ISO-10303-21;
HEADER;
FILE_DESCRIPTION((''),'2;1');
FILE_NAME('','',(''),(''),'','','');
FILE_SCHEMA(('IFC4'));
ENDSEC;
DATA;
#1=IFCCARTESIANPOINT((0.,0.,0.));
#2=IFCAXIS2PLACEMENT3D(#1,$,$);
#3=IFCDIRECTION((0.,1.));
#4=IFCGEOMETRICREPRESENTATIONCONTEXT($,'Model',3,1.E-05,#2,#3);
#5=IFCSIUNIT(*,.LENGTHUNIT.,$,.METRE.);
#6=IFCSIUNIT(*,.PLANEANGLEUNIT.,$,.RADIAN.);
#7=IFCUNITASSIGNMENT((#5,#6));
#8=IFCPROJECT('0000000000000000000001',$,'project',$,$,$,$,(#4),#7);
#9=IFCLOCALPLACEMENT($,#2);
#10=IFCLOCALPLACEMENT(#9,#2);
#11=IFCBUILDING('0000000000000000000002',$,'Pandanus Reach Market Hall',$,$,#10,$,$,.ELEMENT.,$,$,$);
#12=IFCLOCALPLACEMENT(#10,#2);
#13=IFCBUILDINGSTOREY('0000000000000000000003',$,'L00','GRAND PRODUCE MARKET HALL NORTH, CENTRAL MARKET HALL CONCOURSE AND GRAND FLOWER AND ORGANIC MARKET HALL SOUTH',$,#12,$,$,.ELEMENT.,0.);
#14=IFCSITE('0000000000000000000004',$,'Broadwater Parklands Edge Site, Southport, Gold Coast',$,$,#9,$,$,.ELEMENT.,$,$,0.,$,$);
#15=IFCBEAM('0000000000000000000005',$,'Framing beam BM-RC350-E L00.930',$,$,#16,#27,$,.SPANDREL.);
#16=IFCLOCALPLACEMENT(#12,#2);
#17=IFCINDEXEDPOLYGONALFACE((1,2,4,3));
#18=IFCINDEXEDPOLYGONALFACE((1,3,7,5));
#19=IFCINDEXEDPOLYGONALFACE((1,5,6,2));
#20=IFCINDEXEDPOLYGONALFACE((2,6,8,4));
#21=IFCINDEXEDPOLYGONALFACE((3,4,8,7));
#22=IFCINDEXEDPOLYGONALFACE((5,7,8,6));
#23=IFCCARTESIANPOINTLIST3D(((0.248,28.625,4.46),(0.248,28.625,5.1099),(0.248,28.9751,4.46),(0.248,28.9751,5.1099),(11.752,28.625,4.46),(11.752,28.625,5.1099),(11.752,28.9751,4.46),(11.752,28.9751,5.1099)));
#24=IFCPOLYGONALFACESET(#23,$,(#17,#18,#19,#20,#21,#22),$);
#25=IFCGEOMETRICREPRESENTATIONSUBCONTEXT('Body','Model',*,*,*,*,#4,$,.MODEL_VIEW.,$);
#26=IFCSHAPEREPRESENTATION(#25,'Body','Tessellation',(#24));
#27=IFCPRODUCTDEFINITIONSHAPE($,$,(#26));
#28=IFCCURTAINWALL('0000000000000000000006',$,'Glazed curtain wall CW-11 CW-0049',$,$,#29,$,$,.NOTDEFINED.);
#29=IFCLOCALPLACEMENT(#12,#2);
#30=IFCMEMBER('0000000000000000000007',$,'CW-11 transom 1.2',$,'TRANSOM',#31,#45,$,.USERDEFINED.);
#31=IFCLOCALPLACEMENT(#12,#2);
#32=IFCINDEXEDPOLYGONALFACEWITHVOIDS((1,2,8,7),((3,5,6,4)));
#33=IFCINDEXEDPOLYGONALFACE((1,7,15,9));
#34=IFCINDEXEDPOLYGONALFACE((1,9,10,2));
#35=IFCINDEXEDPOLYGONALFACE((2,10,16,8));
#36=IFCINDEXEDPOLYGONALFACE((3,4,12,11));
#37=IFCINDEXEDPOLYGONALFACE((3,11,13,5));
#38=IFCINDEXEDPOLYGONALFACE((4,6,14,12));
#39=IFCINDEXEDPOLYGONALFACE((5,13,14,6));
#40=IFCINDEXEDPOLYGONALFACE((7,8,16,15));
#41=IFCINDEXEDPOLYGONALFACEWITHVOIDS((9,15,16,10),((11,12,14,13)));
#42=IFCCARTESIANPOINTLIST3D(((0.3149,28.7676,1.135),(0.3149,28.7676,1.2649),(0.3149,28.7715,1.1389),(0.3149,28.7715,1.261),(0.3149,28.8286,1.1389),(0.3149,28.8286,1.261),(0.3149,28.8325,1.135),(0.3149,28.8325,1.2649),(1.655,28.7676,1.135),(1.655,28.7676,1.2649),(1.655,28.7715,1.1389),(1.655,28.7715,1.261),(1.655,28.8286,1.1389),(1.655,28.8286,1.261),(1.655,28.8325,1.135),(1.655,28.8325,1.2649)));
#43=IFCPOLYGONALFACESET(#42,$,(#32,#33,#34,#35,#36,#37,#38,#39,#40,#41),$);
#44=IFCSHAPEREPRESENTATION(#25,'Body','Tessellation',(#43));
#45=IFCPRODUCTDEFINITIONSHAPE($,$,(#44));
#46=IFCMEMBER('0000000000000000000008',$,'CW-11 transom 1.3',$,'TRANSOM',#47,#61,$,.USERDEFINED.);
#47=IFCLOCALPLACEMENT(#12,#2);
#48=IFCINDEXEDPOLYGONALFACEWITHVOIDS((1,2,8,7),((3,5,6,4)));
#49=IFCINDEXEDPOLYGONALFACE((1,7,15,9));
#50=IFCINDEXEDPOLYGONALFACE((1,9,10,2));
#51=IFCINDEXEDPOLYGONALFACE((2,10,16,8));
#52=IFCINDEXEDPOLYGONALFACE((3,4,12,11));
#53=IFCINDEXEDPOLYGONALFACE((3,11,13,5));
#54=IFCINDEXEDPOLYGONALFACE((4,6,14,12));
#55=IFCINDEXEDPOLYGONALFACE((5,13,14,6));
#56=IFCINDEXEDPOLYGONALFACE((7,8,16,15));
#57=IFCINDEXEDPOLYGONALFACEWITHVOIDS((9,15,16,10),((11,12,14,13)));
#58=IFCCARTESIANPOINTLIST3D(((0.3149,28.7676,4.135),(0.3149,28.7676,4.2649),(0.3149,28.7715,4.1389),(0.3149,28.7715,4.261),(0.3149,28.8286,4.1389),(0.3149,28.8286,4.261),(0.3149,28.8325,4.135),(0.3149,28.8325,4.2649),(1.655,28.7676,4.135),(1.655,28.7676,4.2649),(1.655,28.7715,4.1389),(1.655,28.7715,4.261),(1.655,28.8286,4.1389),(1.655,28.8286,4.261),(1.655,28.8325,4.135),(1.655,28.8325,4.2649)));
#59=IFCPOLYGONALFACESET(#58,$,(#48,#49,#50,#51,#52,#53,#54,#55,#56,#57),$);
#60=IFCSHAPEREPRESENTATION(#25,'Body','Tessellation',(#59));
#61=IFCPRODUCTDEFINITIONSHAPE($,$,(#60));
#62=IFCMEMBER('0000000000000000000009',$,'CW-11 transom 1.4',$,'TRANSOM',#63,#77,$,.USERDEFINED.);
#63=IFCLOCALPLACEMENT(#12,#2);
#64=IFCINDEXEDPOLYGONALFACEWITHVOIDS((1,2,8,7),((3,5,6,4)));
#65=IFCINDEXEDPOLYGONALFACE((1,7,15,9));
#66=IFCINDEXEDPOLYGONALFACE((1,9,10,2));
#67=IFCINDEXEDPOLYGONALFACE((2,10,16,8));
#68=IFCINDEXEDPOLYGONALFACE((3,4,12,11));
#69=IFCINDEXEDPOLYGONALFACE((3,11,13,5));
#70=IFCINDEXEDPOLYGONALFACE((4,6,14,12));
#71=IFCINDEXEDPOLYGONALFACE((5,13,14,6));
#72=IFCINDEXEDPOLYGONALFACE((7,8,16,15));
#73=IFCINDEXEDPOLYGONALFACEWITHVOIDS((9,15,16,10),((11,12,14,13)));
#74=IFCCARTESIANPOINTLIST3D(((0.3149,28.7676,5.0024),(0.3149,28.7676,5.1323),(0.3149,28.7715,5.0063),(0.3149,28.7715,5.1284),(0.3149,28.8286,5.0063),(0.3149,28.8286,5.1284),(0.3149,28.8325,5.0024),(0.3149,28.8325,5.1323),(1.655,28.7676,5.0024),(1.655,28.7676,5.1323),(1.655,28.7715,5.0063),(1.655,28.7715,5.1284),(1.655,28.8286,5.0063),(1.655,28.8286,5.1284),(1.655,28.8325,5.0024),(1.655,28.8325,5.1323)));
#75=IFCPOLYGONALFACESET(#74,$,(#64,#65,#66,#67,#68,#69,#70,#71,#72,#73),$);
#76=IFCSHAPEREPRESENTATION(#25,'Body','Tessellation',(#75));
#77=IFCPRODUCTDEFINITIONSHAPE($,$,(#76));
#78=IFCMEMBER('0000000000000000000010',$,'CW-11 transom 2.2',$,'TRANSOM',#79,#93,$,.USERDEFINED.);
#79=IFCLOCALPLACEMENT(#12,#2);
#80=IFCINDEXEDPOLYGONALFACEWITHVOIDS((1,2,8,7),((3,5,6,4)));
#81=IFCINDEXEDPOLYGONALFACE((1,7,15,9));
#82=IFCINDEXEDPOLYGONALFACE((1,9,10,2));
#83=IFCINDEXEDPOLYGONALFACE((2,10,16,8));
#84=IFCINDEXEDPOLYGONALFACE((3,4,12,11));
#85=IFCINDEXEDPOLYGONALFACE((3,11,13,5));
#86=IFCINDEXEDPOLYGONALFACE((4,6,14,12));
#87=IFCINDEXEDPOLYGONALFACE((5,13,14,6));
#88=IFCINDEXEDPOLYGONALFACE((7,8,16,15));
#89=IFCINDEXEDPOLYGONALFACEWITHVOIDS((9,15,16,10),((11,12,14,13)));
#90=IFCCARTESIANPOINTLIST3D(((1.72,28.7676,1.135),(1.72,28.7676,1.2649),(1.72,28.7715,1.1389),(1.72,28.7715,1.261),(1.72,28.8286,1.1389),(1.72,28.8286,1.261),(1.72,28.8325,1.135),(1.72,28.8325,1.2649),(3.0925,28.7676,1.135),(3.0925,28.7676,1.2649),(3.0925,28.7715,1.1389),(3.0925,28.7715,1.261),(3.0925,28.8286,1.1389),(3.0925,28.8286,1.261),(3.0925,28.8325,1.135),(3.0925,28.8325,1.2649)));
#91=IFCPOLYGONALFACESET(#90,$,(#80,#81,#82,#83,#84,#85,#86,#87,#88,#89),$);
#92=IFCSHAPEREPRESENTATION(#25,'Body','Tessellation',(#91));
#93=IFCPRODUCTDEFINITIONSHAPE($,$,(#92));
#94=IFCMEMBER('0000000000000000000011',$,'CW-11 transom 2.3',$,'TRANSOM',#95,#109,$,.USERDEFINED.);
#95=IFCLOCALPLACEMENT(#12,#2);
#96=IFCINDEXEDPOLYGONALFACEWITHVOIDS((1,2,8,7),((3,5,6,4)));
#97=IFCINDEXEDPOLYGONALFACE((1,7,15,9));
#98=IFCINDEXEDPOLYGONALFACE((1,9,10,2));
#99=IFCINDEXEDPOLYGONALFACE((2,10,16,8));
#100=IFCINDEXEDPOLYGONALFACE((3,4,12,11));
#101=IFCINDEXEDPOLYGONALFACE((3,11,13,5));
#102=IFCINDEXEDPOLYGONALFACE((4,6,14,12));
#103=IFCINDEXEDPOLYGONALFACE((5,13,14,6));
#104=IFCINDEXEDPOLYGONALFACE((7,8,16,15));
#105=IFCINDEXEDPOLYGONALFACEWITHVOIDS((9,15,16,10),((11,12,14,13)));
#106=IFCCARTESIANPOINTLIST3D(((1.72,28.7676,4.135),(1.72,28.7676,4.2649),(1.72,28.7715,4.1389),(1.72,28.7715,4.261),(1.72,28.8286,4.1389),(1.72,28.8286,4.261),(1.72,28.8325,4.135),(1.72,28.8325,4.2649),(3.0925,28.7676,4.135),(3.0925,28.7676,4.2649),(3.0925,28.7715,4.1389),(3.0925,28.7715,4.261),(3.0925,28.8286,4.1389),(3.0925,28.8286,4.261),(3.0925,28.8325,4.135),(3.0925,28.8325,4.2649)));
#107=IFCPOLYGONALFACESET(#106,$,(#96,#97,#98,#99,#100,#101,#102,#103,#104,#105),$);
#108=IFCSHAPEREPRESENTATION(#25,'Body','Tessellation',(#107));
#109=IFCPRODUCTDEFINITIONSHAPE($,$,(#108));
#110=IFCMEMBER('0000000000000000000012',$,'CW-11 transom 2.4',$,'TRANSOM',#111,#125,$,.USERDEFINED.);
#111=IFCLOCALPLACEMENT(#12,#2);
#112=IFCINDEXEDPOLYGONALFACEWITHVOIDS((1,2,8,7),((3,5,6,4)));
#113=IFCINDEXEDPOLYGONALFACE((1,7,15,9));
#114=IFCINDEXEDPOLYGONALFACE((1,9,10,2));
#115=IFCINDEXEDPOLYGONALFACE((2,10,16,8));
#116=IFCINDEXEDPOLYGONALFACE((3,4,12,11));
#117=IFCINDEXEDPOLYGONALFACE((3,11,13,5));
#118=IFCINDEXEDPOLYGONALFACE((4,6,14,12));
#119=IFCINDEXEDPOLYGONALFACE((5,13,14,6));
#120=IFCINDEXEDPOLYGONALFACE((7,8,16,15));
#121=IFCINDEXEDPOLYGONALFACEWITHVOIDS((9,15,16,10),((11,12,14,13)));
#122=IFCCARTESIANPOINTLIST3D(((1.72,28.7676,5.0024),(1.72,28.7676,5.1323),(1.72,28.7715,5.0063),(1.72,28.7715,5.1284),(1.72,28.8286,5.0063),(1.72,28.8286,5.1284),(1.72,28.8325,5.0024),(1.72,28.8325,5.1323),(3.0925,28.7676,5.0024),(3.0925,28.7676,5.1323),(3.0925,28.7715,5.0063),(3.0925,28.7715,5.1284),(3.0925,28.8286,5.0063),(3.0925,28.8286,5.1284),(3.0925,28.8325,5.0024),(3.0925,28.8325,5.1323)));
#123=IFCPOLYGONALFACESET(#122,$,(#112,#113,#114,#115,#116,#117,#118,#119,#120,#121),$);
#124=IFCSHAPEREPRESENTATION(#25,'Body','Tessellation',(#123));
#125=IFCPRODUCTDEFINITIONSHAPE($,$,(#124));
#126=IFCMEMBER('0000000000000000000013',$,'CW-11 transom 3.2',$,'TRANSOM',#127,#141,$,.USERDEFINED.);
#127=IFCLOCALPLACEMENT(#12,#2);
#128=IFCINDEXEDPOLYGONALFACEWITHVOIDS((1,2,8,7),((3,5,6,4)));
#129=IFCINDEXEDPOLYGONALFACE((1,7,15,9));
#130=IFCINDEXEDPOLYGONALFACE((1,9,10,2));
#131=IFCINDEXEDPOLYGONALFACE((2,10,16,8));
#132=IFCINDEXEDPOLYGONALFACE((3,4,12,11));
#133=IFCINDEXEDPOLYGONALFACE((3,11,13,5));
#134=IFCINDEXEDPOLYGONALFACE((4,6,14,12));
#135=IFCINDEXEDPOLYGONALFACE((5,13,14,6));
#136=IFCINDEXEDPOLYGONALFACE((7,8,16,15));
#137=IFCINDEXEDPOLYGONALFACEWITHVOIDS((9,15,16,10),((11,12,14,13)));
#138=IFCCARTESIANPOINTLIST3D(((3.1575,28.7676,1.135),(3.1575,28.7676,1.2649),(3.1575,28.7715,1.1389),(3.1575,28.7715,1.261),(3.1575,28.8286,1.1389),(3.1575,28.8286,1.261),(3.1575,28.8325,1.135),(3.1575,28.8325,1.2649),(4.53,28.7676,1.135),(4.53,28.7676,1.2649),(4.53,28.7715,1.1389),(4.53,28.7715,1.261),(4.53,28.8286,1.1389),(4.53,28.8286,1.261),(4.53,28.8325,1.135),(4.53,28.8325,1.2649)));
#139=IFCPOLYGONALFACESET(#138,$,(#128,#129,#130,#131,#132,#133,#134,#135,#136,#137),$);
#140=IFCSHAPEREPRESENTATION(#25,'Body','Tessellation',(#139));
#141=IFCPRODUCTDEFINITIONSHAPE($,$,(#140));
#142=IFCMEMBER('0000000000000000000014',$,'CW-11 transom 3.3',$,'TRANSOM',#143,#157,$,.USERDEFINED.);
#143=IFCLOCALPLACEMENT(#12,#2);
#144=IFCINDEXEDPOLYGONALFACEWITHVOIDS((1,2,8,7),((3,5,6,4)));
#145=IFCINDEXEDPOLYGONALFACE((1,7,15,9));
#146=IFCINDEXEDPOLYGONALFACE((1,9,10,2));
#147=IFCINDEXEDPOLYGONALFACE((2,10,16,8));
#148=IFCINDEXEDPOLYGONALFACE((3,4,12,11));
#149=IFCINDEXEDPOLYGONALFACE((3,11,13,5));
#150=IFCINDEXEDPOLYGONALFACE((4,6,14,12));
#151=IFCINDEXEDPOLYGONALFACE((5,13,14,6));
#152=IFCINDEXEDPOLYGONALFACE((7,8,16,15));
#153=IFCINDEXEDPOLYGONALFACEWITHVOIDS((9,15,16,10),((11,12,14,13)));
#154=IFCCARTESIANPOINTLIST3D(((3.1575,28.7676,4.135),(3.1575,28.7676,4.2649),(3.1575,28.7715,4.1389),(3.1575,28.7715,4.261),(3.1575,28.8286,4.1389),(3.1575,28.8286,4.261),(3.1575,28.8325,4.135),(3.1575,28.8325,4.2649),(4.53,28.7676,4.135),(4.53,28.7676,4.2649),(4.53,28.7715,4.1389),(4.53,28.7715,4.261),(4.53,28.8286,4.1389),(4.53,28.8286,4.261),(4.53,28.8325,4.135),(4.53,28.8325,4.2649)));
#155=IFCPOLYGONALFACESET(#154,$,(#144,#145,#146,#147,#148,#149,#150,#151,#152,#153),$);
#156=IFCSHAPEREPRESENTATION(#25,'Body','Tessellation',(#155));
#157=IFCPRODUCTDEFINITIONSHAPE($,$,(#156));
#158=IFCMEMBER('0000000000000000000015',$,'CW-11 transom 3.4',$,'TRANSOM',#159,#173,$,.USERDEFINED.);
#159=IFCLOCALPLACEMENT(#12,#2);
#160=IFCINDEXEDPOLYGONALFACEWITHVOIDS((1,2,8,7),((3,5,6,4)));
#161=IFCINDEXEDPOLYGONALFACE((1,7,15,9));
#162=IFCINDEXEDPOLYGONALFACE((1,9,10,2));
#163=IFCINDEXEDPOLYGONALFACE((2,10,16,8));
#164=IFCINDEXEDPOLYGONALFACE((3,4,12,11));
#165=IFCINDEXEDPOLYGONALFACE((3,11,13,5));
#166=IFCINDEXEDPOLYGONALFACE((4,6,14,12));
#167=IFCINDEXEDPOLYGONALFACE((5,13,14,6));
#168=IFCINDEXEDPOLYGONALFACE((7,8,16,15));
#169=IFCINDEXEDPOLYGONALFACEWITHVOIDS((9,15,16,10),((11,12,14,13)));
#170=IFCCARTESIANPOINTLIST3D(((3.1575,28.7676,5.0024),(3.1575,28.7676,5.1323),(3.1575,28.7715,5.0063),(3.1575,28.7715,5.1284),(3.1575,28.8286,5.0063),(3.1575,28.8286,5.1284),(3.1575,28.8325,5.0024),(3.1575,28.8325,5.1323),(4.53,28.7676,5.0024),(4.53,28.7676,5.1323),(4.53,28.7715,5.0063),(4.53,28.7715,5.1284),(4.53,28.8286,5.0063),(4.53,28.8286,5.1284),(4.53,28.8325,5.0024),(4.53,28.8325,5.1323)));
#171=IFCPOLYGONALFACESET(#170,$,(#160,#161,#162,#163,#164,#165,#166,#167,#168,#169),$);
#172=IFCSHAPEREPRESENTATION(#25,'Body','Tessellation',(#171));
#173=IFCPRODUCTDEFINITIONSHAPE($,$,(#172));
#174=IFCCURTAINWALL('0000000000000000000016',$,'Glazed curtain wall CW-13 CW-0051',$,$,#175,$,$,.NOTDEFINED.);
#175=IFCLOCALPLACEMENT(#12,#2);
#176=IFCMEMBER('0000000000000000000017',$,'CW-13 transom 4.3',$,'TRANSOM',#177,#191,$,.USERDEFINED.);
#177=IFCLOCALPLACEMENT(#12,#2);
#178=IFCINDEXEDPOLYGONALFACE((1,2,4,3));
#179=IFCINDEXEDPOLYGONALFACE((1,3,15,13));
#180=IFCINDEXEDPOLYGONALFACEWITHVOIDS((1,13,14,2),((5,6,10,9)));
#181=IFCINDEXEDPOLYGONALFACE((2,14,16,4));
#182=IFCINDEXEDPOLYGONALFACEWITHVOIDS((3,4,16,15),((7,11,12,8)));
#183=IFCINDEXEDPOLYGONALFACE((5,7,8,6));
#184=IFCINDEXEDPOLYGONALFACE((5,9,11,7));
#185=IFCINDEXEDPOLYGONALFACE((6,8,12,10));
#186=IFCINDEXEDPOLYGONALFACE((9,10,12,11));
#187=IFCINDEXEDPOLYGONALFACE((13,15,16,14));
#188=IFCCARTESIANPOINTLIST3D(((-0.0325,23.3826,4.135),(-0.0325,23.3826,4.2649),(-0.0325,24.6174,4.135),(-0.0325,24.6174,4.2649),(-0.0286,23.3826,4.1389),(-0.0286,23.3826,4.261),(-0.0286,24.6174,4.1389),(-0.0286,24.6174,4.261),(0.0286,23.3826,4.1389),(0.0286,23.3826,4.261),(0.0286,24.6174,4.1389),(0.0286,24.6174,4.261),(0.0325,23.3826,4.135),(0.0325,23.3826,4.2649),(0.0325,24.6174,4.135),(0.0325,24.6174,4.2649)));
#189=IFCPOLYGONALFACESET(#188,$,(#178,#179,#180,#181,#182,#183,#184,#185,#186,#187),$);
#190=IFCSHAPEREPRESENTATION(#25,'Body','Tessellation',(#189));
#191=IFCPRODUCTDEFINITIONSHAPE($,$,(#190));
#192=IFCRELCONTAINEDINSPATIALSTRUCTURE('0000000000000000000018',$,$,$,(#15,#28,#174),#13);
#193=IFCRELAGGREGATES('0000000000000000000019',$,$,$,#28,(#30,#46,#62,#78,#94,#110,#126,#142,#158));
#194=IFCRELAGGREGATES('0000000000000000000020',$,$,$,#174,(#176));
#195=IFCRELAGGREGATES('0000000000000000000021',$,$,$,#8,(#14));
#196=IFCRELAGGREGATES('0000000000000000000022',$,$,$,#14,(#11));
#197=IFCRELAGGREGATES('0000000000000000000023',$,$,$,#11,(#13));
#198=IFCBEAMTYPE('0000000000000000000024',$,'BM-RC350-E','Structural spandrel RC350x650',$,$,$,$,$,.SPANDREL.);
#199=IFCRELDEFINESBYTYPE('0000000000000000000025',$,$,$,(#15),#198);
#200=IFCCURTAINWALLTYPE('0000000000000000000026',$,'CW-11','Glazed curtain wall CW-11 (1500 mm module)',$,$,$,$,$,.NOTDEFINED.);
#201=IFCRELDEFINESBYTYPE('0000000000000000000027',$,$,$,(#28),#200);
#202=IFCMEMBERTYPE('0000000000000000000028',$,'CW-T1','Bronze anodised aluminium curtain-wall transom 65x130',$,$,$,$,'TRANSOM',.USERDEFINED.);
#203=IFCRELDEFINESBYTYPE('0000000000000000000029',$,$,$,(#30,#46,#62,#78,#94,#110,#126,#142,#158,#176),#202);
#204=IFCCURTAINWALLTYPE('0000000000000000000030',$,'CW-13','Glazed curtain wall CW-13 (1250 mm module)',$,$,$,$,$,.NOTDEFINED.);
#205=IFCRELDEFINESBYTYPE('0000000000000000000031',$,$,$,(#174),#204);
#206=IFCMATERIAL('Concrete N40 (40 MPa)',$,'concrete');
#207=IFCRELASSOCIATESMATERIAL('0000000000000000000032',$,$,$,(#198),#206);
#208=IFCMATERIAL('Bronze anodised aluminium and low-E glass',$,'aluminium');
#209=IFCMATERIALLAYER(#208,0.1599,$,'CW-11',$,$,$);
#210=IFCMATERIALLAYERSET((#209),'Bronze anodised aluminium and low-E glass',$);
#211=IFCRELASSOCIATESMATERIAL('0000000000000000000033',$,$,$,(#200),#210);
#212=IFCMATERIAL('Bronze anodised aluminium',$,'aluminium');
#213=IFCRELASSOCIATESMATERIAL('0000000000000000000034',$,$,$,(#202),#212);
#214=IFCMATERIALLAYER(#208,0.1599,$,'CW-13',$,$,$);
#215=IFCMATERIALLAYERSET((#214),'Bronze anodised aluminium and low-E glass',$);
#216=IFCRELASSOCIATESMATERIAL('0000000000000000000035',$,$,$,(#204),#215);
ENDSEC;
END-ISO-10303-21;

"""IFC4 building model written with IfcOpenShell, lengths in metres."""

from ifc_helpers import new_model, si_unit, direction, frame, origin, origin_2d, place, context, subcontext, project, spatial, rectangle, hollow_rectangle, extrude, material, layer, layer_set, material_profile, profile_set, type_object, element, aggregate, save


model = new_model("IFC4")

# Units and contexts
model_context = context("Model", 3, precision=1e-05, world=origin(), true_north=direction((0.0, 1.0)))
body_context = subcontext(model_context, "Body", "Model", "MODEL_VIEW")
ifc_project = project(units=[si_unit("LENGTHUNIT", "METRE"), si_unit("PLANEANGLEUNIT", "RADIAN")], contexts=[model_context])

# Site, building, storey
site_placement = place(None, origin())
site = spatial("IfcSite", under=ifc_project, at=site_placement, Name="Broadwater Parklands Edge Site, Southport, Gold Coast", CompositionType="ELEMENT", RefElevation=0.0)
building_placement = place(site_placement, origin())
building = spatial("IfcBuilding", under=site, at=building_placement, Name="Pandanus Reach Market Hall", CompositionType="ELEMENT")
storey_placement = place(building_placement, origin())
storey = spatial("IfcBuildingStorey", under=building, at=storey_placement, Name="L00", Description="GRAND PRODUCE MARKET HALL NORTH, CENTRAL MARKET HALL CONCOURSE AND GRAND FLOWER AND ORGANIC MARKET HALL SOUTH", CompositionType="ELEMENT", Elevation=0.0)

# Beam
ifc_material_1 = material(Name="Concrete N40 (40 MPa)", Category="concrete")
ifc_material_profile_1 = material_profile(ifc_material_1, rectangle(XDim=0.3501, YDim=0.6499, at=origin_2d()), Name="RC350x650", Category="LoadBearing")
ifc_profile_set_1 = profile_set([ifc_material_profile_1], Name="Concrete N40 (40 MPa)")
beam_type = type_object("IfcBeamType", Name="BM-RC350-E", Description="Structural spandrel RC350x650", PredefinedType="SPANDREL", material=ifc_profile_set_1)
beam_placement = place(storey_placement, frame((0.248, 28.8, 4.7849), z_axis=(1.0, 0.0, 0.0), x_axis=(0.0, 1.0, 0.0)))
element("IfcBeam", 1, at=beam_placement, inside=storey, type_object=beam_type, Name="Framing beam BM-RC350-E L00.930", PredefinedType="SPANDREL", context=body_context, shape_type="SweptSolid", body=[
    extrude(rectangle(XDim=0.3501, YDim=0.6499, at=origin_2d()), origin(), (0.0, 0.0, 1.0), 11.5039),
])

# Curtain walls, members
ifc_material_2 = material(Name="Bronze anodised aluminium and low-E glass", Category="aluminium")
ifc_layer_1 = layer(ifc_material_2, 0.1599, Name="CW-11")
ifc_layer_set_1 = layer_set([ifc_layer_1], Name="Bronze anodised aluminium and low-E glass")
curtain_wall_type_1 = type_object("IfcCurtainWallType", Name="CW-11", Description="Glazed curtain wall CW-11 (1500 mm module)", PredefinedType="NOTDEFINED", material=ifc_layer_set_1)
curtain_wall_1_placement = place(storey_placement, origin())
curtain_wall_1 = element("IfcCurtainWall", 2, at=curtain_wall_1_placement, inside=storey, type_object=curtain_wall_type_1, Name="Glazed curtain wall CW-11 CW-0049", PredefinedType="NOTDEFINED")
ifc_material_3 = material(Name="Bronze anodised aluminium", Category="aluminium")
ifc_material_profile_2 = material_profile(ifc_material_3, hollow_rectangle(XDim=0.0649, YDim=0.1299, WallThickness=0.0039, at=origin_2d()), Name="ALU65x130", Category="LoadBearing")
ifc_profile_set_2 = profile_set([ifc_material_profile_2], Name="Bronze anodised aluminium")
member_type = type_object("IfcMemberType", Name="CW-T1", Description="Bronze anodised aluminium curtain-wall transom 65x130", ElementType="TRANSOM", PredefinedType="USERDEFINED", material=ifc_profile_set_2)
member_1_placement = place(storey_placement, frame((0.3149, 28.8, 1.2), z_axis=(1.0, 0.0, 0.0), x_axis=(0.0, 1.0, 0.0)))
member_1 = element("IfcMember", 3, at=member_1_placement, type_object=member_type, Name="CW-11 transom 1.2", ObjectType="TRANSOM", PredefinedType="USERDEFINED", context=body_context, shape_type="SweptSolid", body=[
    extrude(hollow_rectangle(XDim=0.0649, YDim=0.1299, WallThickness=0.0039, at=origin_2d()), origin(), (0.0, 0.0, 1.0), 1.3401),
])
member_2_placement = place(storey_placement, frame((0.3149, 28.8, 4.2), z_axis=(1.0, 0.0, 0.0), x_axis=(0.0, 1.0, 0.0)))
member_2 = element("IfcMember", 4, at=member_2_placement, type_object=member_type, Name="CW-11 transom 1.3", ObjectType="TRANSOM", PredefinedType="USERDEFINED", context=body_context, shape_type="SweptSolid", body=[
    extrude(hollow_rectangle(XDim=0.0649, YDim=0.1299, WallThickness=0.0039, at=origin_2d()), origin(), (0.0, 0.0, 1.0), 1.3401),
])
member_3_placement = place(storey_placement, frame((0.3149, 28.8, 5.0674), z_axis=(1.0, 0.0, 0.0), x_axis=(0.0, 1.0, 0.0)))
member_3 = element("IfcMember", 5, at=member_3_placement, type_object=member_type, Name="CW-11 transom 1.4", ObjectType="TRANSOM", PredefinedType="USERDEFINED", context=body_context, shape_type="SweptSolid", body=[
    extrude(hollow_rectangle(XDim=0.0649, YDim=0.1299, WallThickness=0.0039, at=origin_2d()), origin(), (0.0, 0.0, 1.0), 1.3401),
])
member_4_placement = place(storey_placement, frame((1.72, 28.8, 1.2), z_axis=(1.0, 0.0, 0.0), x_axis=(0.0, 1.0, 0.0)))
member_4 = element("IfcMember", 6, at=member_4_placement, type_object=member_type, Name="CW-11 transom 2.2", ObjectType="TRANSOM", PredefinedType="USERDEFINED", context=body_context, shape_type="SweptSolid", body=[
    extrude(hollow_rectangle(XDim=0.0649, YDim=0.1299, WallThickness=0.0039, at=origin_2d()), origin(), (0.0, 0.0, 1.0), 1.3726),
])
member_5_placement = place(storey_placement, frame((1.72, 28.8, 4.2), z_axis=(1.0, 0.0, 0.0), x_axis=(0.0, 1.0, 0.0)))
member_5 = element("IfcMember", 7, at=member_5_placement, type_object=member_type, Name="CW-11 transom 2.3", ObjectType="TRANSOM", PredefinedType="USERDEFINED", context=body_context, shape_type="SweptSolid", body=[
    extrude(hollow_rectangle(XDim=0.0649, YDim=0.1299, WallThickness=0.0039, at=origin_2d()), origin(), (0.0, 0.0, 1.0), 1.3726),
])
member_6_placement = place(storey_placement, frame((1.72, 28.8, 5.0674), z_axis=(1.0, 0.0, 0.0), x_axis=(0.0, 1.0, 0.0)))
member_6 = element("IfcMember", 8, at=member_6_placement, type_object=member_type, Name="CW-11 transom 2.4", ObjectType="TRANSOM", PredefinedType="USERDEFINED", context=body_context, shape_type="SweptSolid", body=[
    extrude(hollow_rectangle(XDim=0.0649, YDim=0.1299, WallThickness=0.0039, at=origin_2d()), origin(), (0.0, 0.0, 1.0), 1.3726),
])
member_7_placement = place(storey_placement, frame((3.1575, 28.8, 1.2), z_axis=(1.0, 0.0, 0.0), x_axis=(0.0, 1.0, 0.0)))
member_7 = element("IfcMember", 9, at=member_7_placement, type_object=member_type, Name="CW-11 transom 3.2", ObjectType="TRANSOM", PredefinedType="USERDEFINED", context=body_context, shape_type="SweptSolid", body=[
    extrude(hollow_rectangle(XDim=0.0649, YDim=0.1299, WallThickness=0.0039, at=origin_2d()), origin(), (0.0, 0.0, 1.0), 1.3726),
])
member_8_placement = place(storey_placement, frame((3.1575, 28.8, 4.2), z_axis=(1.0, 0.0, 0.0), x_axis=(0.0, 1.0, 0.0)))
member_8 = element("IfcMember", 10, at=member_8_placement, type_object=member_type, Name="CW-11 transom 3.3", ObjectType="TRANSOM", PredefinedType="USERDEFINED", context=body_context, shape_type="SweptSolid", body=[
    extrude(hollow_rectangle(XDim=0.0649, YDim=0.1299, WallThickness=0.0039, at=origin_2d()), origin(), (0.0, 0.0, 1.0), 1.3726),
])
member_9_placement = place(storey_placement, frame((3.1575, 28.8, 5.0674), z_axis=(1.0, 0.0, 0.0), x_axis=(0.0, 1.0, 0.0)))
member_9 = element("IfcMember", 11, at=member_9_placement, type_object=member_type, Name="CW-11 transom 3.4", ObjectType="TRANSOM", PredefinedType="USERDEFINED", context=body_context, shape_type="SweptSolid", body=[
    extrude(hollow_rectangle(XDim=0.0649, YDim=0.1299, WallThickness=0.0039, at=origin_2d()), origin(), (0.0, 0.0, 1.0), 1.3726),
])
ifc_layer_2 = layer(ifc_material_2, 0.1599, Name="CW-13")
ifc_layer_set_2 = layer_set([ifc_layer_2], Name="Bronze anodised aluminium and low-E glass")
curtain_wall_type_2 = type_object("IfcCurtainWallType", Name="CW-13", Description="Glazed curtain wall CW-13 (1250 mm module)", PredefinedType="NOTDEFINED", material=ifc_layer_set_2)
curtain_wall_2_placement = place(storey_placement, origin())
curtain_wall_2 = element("IfcCurtainWall", 12, at=curtain_wall_2_placement, inside=storey, type_object=curtain_wall_type_2, Name="Glazed curtain wall CW-13 CW-0051", PredefinedType="NOTDEFINED")
member_10_placement = place(storey_placement, frame((0.0, 23.3826, 4.2), z_axis=(0.0, 1.0, 0.0), x_axis=(-1.0, 0.0, 0.0)))
member_10 = element("IfcMember", 13, at=member_10_placement, type_object=member_type, Name="CW-13 transom 4.3", ObjectType="TRANSOM", PredefinedType="USERDEFINED", context=body_context, shape_type="SweptSolid", body=[
    extrude(hollow_rectangle(XDim=0.0649, YDim=0.1299, WallThickness=0.0039, at=origin_2d()), origin(), (0.0, 0.0, 1.0), 1.2349),
])

aggregate(curtain_wall_1, [member_1, member_2, member_3, member_4, member_5, member_6, member_7, member_8, member_9])
aggregate(curtain_wall_2, [member_10])

save(model, "model.ifc")
